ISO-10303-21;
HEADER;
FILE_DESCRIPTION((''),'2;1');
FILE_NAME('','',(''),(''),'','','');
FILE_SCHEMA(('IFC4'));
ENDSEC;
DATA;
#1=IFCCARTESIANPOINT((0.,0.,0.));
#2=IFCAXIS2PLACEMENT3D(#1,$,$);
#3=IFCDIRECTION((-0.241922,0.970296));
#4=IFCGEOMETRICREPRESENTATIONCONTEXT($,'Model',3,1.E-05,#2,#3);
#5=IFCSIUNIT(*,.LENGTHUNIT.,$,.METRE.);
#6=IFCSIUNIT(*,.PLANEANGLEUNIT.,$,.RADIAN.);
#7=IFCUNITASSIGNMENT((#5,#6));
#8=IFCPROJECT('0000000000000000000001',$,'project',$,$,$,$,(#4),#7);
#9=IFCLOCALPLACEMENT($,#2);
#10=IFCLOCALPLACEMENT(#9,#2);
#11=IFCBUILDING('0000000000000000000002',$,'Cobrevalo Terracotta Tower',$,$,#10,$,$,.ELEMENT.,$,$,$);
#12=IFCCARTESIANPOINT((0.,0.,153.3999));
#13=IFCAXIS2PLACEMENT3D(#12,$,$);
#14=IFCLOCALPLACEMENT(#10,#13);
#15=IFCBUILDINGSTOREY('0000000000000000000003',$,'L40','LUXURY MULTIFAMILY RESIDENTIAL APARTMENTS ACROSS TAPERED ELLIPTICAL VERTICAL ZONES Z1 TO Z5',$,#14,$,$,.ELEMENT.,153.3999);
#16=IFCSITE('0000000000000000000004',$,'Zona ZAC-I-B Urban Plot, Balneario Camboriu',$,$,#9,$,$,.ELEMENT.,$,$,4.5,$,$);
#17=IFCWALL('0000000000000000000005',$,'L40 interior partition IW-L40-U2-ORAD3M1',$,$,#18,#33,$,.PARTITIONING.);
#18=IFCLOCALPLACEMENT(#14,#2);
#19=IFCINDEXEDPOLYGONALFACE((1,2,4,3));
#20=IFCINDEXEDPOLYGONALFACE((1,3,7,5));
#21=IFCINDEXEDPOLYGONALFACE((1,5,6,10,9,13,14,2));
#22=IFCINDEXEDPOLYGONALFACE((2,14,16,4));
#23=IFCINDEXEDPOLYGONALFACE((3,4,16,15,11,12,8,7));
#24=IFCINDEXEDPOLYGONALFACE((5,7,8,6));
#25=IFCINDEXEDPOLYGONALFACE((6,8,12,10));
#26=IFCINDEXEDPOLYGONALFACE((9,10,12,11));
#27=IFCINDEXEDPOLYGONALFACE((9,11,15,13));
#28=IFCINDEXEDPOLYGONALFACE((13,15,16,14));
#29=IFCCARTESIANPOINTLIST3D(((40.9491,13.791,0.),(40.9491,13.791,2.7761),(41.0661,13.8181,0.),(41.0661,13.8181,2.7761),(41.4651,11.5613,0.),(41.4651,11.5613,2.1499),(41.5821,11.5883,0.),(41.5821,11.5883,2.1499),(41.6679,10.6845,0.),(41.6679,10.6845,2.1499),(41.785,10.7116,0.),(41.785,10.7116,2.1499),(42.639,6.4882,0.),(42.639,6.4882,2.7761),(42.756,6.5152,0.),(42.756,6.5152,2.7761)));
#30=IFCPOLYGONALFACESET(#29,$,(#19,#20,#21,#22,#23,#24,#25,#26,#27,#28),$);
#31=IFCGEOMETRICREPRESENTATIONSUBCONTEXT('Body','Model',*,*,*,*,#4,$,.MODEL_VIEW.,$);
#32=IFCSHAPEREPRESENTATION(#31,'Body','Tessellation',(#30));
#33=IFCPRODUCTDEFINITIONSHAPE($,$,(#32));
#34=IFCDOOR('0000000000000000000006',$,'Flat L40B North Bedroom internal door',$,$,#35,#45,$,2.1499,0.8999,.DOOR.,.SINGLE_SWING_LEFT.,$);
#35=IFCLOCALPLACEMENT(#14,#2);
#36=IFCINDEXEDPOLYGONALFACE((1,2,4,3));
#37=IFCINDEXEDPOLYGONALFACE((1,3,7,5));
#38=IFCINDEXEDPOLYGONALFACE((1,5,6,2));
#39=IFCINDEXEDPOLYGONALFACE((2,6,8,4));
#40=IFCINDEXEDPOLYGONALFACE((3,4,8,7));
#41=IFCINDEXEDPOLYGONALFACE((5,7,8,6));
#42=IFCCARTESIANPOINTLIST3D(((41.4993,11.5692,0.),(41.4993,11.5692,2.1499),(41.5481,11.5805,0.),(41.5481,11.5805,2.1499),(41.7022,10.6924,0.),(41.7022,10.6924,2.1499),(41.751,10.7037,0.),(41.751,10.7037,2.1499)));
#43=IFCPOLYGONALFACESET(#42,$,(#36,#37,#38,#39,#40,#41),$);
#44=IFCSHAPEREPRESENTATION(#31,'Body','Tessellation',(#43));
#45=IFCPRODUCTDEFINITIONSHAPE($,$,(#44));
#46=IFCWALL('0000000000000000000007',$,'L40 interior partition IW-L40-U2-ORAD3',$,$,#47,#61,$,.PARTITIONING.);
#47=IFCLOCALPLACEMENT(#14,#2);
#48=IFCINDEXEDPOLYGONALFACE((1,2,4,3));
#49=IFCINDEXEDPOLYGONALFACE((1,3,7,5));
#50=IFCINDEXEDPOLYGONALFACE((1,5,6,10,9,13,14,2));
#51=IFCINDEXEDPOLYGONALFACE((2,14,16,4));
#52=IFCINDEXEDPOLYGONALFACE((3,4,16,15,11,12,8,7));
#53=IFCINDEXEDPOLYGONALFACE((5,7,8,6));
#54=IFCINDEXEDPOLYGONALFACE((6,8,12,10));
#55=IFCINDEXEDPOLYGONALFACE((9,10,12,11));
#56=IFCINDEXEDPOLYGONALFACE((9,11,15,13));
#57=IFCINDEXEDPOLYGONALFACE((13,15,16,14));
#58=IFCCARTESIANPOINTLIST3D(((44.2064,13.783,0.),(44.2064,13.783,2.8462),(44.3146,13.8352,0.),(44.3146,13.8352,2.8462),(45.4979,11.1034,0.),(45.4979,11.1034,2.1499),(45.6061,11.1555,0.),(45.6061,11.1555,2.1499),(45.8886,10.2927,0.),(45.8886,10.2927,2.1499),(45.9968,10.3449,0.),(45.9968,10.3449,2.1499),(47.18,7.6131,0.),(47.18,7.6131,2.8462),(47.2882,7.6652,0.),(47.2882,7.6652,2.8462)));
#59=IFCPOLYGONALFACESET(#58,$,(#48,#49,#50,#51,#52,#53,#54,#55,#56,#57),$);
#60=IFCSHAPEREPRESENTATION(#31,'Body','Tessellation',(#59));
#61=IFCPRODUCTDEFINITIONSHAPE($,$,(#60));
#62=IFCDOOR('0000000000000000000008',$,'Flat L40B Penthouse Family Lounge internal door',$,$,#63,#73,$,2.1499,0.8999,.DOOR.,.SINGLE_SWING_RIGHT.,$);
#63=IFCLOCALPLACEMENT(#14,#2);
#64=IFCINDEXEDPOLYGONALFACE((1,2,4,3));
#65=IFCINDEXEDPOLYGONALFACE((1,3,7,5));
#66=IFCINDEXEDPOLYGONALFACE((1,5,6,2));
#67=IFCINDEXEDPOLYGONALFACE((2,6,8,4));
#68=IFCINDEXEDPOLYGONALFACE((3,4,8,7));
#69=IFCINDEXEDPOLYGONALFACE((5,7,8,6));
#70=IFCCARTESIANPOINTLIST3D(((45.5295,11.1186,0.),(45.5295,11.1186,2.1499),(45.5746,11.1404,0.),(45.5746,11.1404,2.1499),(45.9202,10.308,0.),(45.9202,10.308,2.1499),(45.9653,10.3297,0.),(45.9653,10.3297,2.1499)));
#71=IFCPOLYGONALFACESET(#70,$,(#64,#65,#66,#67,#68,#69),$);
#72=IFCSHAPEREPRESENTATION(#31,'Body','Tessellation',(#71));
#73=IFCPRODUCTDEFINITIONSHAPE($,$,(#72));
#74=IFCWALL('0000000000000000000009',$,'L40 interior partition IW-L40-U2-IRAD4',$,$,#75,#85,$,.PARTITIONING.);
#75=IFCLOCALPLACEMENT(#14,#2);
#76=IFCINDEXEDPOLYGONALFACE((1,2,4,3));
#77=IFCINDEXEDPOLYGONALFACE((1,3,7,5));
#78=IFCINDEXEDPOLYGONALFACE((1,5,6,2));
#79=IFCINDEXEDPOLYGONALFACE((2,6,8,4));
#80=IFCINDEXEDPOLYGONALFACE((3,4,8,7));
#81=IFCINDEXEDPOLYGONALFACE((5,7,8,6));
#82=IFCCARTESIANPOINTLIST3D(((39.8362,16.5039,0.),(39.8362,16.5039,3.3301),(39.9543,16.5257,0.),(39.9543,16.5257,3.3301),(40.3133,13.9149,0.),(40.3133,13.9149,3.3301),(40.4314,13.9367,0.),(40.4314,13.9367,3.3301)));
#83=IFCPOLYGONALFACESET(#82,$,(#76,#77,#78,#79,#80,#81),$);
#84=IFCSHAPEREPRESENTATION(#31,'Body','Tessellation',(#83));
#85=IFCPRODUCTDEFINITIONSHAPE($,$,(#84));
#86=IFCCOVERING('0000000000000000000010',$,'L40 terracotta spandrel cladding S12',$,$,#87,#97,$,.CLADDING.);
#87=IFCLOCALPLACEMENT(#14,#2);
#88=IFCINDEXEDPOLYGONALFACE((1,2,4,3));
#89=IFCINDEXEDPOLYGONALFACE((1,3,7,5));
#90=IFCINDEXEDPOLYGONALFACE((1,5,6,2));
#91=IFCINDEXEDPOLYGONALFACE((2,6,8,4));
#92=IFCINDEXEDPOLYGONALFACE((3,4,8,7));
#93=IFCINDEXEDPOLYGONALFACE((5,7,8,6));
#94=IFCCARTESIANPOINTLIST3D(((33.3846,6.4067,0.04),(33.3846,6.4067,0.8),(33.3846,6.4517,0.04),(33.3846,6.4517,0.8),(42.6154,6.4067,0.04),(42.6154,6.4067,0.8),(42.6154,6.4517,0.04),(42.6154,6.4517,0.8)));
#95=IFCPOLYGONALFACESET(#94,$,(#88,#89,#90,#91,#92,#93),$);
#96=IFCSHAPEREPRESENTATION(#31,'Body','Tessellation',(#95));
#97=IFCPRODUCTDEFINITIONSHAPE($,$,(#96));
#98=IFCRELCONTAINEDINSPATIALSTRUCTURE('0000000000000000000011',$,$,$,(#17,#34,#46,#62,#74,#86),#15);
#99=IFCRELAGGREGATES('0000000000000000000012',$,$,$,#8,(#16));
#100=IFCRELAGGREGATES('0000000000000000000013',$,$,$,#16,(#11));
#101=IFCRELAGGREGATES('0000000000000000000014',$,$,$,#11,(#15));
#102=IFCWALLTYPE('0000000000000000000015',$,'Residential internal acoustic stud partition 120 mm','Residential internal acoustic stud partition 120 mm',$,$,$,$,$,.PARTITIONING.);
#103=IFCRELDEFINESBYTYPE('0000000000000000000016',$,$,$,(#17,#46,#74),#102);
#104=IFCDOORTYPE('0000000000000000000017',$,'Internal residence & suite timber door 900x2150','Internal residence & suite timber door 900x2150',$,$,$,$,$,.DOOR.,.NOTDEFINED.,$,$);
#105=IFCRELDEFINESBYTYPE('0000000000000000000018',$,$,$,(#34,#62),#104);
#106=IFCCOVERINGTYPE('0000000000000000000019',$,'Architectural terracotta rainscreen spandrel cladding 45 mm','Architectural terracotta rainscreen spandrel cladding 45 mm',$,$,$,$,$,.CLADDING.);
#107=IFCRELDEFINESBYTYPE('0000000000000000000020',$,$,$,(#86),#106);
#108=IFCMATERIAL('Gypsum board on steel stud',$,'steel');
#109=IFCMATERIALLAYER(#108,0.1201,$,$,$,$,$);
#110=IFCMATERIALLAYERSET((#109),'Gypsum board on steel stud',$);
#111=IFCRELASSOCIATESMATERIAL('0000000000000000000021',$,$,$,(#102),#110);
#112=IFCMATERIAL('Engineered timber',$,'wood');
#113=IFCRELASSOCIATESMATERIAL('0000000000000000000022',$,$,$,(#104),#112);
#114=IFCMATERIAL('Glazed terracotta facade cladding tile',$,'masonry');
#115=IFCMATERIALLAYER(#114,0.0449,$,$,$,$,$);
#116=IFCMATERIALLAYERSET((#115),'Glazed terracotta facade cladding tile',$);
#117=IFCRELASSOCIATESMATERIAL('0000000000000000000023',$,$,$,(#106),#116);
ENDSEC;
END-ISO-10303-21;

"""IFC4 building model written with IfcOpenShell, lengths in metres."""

from ifc_helpers import new_model, si_unit, direction, frame, frame_2d, origin, origin_2d, place, context, subcontext, project, spatial, rectangle, extrude, source, transform, mapped, material, layer, layer_set, type_object, element, fill, save


model = new_model("IFC4")

# Units and contexts
model_context = context("Model", 3, precision=1e-05, world=origin(), true_north=direction((-0.241922, 0.970296)))
body_context = subcontext(model_context, "Body", "Model", "MODEL_VIEW")
ifc_project = project(units=[si_unit("LENGTHUNIT", "METRE"), si_unit("PLANEANGLEUNIT", "RADIAN")], contexts=[model_context])

# Site, building, storey
site_placement = place(None, origin())
site = spatial("IfcSite", under=ifc_project, at=site_placement, Name="Zona ZAC-I-B Urban Plot, Balneario Camboriu", CompositionType="ELEMENT", RefElevation=4.5)
building_placement = place(site_placement, origin())
building = spatial("IfcBuilding", under=site, at=building_placement, Name="Cobrevalo Terracotta Tower", CompositionType="ELEMENT")
storey_placement = place(building_placement, frame((0.0, 0.0, 153.3999)))
storey = spatial("IfcBuildingStorey", under=building, at=storey_placement, Name="L40", Description="LUXURY MULTIFAMILY RESIDENTIAL APARTMENTS ACROSS TAPERED ELLIPTICAL VERTICAL ZONES Z1 TO Z5", CompositionType="ELEMENT", Elevation=153.3999)

# Shared definitions
ifc_material_1 = material(Name="Gypsum board on steel stud", Category="steel")
ifc_layer_1 = layer(ifc_material_1, 0.1201)
ifc_layer_set_1 = layer_set([ifc_layer_1], Name="Gypsum board on steel stud")
wall_type = type_object("IfcWallType", Name="Residential internal acoustic stud partition 120 mm", Description="Residential internal acoustic stud partition 120 mm", PredefinedType="PARTITIONING", material=ifc_layer_set_1)

# Walls, openings, doors
ifc_material_2 = material(Name="Engineered timber", Category="wood")
door_type = type_object("IfcDoorType", Name="Internal residence & suite timber door 900x2150", Description="Internal residence & suite timber door 900x2150", OperationType="NOTDEFINED", PredefinedType="DOOR", material=ifc_material_2)
shared_shape_1 = source(origin(), body_context, "Body", "SweptSolid", [
    extrude(rectangle(XDim=0.8999, YDim=2.1499, at=frame_2d((0.45, 1.075))), frame((0.0, 0.0249, 0.0), z_axis=(0.0, -1.0, 0.0), x_axis=(1.0, 0.0, 0.0)), (0.0, 0.0, 1.0), 0.05),
])
wall_1_placement = place(storey_placement, frame((41.0076, 13.8047, 0.0), z_axis=(0.0, 0.0, 1.0), x_axis=(0.225447, -0.974255, 0.0)))
wall_1 = element("IfcWall", 1, at=wall_1_placement, inside=storey, type_object=wall_type, Name="L40 interior partition IW-L40-U2-ORAD3M1", PredefinedType="PARTITIONING", context=body_context, shape_type="SweptSolid", body=[
    extrude(rectangle(XDim=7.4958, YDim=0.1201, at=frame_2d((3.748, 0.0))), origin(), (0.0, 0.0, 1.0), 2.7761),
])
opening_1_placement = place(wall_1_placement, frame((2.2888, 0.0, 0.0)))
opening_1 = element("IfcOpeningElement", 2, at=opening_1_placement, cuts=wall_1, PredefinedType="OPENING", context=body_context, shape_type="SweptSolid", body=[
    extrude(rectangle(XDim=0.8999, YDim=2.1499, at=frame_2d((0.45, 1.075))), frame((0.0, 0.0701, 0.0), z_axis=(0.0, -1.0, 0.0), x_axis=(1.0, 0.0, 0.0)), (0.0, 0.0, 1.0), 0.1401),
])
door_1_placement = place(opening_1_placement, frame((0.8999, 0.0, 0.0), z_axis=(0.0, 0.0, 1.0), x_axis=(-1.0, 0.0, 0.0)))
door_1 = element("IfcDoor", 3, at=door_1_placement, inside=storey, type_object=door_type, Name="Flat L40B North Bedroom internal door", OperationType="SINGLE_SWING_LEFT", OverallHeight=2.1499, OverallWidth=0.8999, PredefinedType="DOOR", context=body_context, shape_type="MappedRepresentation", body=[
    mapped(shared_shape_1, transform((0.0, 0.0, 0.0), scale=1.0)),
])
fill(opening_1, door_1)
wall_2_placement = place(storey_placement, frame((44.2605, 13.8091, 0.0), z_axis=(0.0, 0.0, 1.0), x_axis=(0.434163, -0.900834, 0.0)))
wall_2 = element("IfcWall", 4, at=wall_2_placement, inside=storey, type_object=wall_type, Name="L40 interior partition IW-L40-U2-ORAD3", PredefinedType="PARTITIONING", context=body_context, shape_type="SweptSolid", body=[
    extrude(rectangle(XDim=6.8491, YDim=0.1201, at=frame_2d((3.4246, 0.0))), origin(), (0.0, 0.0, 1.0), 2.8462),
])
opening_2_placement = place(wall_2_placement, frame((2.9746, 0.0, 0.0)))
opening_2 = element("IfcOpeningElement", 5, at=opening_2_placement, cuts=wall_2, PredefinedType="OPENING", context=body_context, shape_type="SweptSolid", body=[
    extrude(rectangle(XDim=0.8999, YDim=2.1499, at=frame_2d((0.45, 1.075))), frame((0.0, 0.0701, 0.0), z_axis=(0.0, -1.0, 0.0), x_axis=(1.0, 0.0, 0.0)), (0.0, 0.0, 1.0), 0.1401),
])
door_2_placement = place(opening_2_placement, frame((0.8999, 0.0, 0.0), z_axis=(0.0, 0.0, 1.0), x_axis=(-1.0, 0.0, 0.0)))
door_2 = element("IfcDoor", 6, at=door_2_placement, inside=storey, type_object=door_type, Name="Flat L40B Penthouse Family Lounge internal door", OperationType="SINGLE_SWING_RIGHT", OverallHeight=2.1499, OverallWidth=0.8999, PredefinedType="DOOR", context=body_context, shape_type="MappedRepresentation", body=[
    mapped(shared_shape_1, transform((0.0, 0.0, 0.0), scale=1.0)),
])
fill(opening_2, door_2)

# Wall
wall_3_placement = place(storey_placement, frame((39.8953, 16.5149, 0.0), z_axis=(0.0, 0.0, 1.0), x_axis=(0.181219, -0.983443, 0.0)))
element("IfcWall", 7, at=wall_3_placement, inside=storey, type_object=wall_type, Name="L40 interior partition IW-L40-U2-IRAD4", PredefinedType="PARTITIONING", context=body_context, shape_type="SweptSolid", body=[
    extrude(rectangle(XDim=2.6326, YDim=0.1201, at=frame_2d((1.3164, 0.0))), origin(), (0.0, 0.0, 1.0), 3.3301),
])

# Covering
ifc_material_3 = material(Name="Glazed terracotta facade cladding tile", Category="masonry")
ifc_layer_2 = layer(ifc_material_3, 0.0449)
ifc_layer_set_2 = layer_set([ifc_layer_2], Name="Glazed terracotta facade cladding tile")
covering_type = type_object("IfcCoveringType", Name="Architectural terracotta rainscreen spandrel cladding 45 mm", Description="Architectural terracotta rainscreen spandrel cladding 45 mm", PredefinedType="CLADDING", material=ifc_layer_set_2)
shared_shape_2 = source(origin(), body_context, "Body", "SweptSolid", [
    extrude(rectangle(XDim=9.2307, YDim=0.0449, at=origin_2d()), origin(), (0.0, 0.0, 1.0), 0.76),
])
covering_placement = place(storey_placement, frame((38.0, 6.4292, 0.04), z_axis=(0.0, 0.0, 1.0), x_axis=(1.0, 0.0, 0.0)))
element("IfcCovering", 8, at=covering_placement, inside=storey, type_object=covering_type, Name="L40 terracotta spandrel cladding S12", PredefinedType="CLADDING", context=body_context, shape_type="MappedRepresentation", body=[
    mapped(shared_shape_2, transform((0.0, 0.0, 0.0), scale=1.0)),
])

save(model, "model.ifc")
